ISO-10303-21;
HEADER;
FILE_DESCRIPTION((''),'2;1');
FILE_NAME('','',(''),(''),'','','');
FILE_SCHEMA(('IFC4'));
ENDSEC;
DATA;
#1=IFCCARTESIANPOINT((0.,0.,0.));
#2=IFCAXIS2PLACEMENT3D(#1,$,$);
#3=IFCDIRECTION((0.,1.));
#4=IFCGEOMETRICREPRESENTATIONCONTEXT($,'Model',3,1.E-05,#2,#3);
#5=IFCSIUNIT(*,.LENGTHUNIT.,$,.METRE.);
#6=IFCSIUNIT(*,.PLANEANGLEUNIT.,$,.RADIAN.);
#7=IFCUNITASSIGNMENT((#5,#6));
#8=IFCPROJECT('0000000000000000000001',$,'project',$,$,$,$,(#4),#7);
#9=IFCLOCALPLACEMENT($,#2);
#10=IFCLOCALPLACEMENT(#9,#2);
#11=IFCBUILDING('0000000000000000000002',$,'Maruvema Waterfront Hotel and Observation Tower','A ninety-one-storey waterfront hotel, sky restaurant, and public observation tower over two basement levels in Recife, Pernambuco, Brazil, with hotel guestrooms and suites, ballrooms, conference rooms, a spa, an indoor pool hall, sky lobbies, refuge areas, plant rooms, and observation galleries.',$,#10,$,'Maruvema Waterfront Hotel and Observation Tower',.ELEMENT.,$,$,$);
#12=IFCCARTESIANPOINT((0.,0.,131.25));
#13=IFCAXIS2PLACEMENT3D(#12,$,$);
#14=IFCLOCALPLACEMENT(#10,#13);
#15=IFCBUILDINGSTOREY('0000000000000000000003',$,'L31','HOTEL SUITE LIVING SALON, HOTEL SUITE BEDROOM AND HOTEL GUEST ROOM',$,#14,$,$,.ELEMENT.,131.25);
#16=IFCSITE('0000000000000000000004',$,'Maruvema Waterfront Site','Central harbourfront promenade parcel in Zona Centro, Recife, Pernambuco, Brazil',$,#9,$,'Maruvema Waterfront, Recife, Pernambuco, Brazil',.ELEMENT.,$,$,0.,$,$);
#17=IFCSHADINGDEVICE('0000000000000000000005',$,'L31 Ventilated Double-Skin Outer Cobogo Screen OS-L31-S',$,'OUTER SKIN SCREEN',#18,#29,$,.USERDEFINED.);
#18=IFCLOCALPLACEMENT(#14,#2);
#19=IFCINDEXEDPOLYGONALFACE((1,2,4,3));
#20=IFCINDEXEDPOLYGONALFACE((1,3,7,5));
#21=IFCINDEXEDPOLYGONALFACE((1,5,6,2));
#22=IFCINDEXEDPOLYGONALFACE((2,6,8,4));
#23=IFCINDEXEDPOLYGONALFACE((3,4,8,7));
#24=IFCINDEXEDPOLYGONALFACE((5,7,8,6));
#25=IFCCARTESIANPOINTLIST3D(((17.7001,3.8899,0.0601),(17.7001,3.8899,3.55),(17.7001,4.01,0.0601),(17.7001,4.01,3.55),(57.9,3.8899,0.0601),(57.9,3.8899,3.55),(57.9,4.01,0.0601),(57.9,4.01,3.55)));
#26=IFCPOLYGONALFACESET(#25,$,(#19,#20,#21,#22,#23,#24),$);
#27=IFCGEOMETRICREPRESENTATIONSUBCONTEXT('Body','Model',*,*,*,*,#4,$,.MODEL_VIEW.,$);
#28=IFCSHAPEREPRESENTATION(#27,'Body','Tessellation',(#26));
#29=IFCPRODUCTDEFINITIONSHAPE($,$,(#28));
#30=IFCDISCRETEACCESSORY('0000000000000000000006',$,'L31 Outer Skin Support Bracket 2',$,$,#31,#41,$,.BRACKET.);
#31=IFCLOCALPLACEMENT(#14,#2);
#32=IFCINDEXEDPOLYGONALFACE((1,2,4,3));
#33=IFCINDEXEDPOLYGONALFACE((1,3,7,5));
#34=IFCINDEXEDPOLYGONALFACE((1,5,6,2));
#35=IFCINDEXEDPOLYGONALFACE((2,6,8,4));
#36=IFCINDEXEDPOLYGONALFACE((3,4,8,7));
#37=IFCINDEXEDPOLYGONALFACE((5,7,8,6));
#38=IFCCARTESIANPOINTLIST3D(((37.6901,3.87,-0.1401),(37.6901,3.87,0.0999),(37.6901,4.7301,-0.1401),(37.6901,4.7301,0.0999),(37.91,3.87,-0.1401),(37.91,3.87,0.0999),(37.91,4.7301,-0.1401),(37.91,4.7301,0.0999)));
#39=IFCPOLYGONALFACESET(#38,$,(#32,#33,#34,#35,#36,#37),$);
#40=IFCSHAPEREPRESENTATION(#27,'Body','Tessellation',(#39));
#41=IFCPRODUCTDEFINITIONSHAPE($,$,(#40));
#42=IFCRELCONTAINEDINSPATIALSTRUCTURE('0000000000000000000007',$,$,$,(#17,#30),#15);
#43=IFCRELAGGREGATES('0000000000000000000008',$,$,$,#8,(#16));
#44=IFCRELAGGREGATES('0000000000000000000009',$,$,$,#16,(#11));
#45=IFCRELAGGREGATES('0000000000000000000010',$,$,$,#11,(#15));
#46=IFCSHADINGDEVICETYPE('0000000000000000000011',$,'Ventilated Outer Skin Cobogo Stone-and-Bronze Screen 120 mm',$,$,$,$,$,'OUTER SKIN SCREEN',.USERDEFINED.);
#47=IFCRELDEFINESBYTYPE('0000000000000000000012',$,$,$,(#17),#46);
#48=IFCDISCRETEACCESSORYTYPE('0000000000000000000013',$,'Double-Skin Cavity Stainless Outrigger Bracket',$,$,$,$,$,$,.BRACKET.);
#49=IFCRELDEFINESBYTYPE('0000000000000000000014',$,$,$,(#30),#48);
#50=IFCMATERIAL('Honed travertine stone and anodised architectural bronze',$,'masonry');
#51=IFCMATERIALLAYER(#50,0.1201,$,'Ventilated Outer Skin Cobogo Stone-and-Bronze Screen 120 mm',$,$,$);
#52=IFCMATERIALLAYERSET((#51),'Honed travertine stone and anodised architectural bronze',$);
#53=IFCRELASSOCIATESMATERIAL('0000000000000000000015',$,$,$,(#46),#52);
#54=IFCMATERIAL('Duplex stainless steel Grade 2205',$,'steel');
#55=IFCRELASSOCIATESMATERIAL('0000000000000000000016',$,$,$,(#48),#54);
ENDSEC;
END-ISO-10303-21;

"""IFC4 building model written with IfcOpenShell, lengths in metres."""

from ifc_helpers import new_model, si_unit, direction, frame, origin, origin_2d, place, context, subcontext, project, spatial, rectangle, extrude, material, layer, layer_set, type_object, element, save


model = new_model("IFC4")

# Units and contexts
model_context = context("Model", 3, precision=1e-05, world=origin(), true_north=direction((0.0, 1.0)))
body_context = subcontext(model_context, "Body", "Model", "MODEL_VIEW")
ifc_project = project(units=[si_unit("LENGTHUNIT", "METRE"), si_unit("PLANEANGLEUNIT", "RADIAN")], contexts=[model_context])

# Site, building, storey
site_placement = place(None, origin())
site = spatial("IfcSite", under=ifc_project, at=site_placement, Name="Maruvema Waterfront Site", Description="Central harbourfront promenade parcel in Zona Centro, Recife, Pernambuco, Brazil", LongName="Maruvema Waterfront, Recife, Pernambuco, Brazil", CompositionType="ELEMENT", RefElevation=0.0)
building_placement = place(site_placement, origin())
building = spatial("IfcBuilding", under=site, at=building_placement, Name="Maruvema Waterfront Hotel and Observation Tower", Description="A ninety-one-storey waterfront hotel, sky restaurant, and public observation tower over two basement levels in Recife, Pernambuco, Brazil, with hotel guestrooms and suites, ballrooms, conference rooms, a spa, an indoor pool hall, sky lobbies, refuge areas, plant rooms, and observation galleries.", LongName="Maruvema Waterfront Hotel and Observation Tower", CompositionType="ELEMENT")
storey_placement = place(building_placement, frame((0.0, 0.0, 131.25)))
storey = spatial("IfcBuildingStorey", under=building, at=storey_placement, Name="L31", Description="HOTEL SUITE LIVING SALON, HOTEL SUITE BEDROOM AND HOTEL GUEST ROOM", CompositionType="ELEMENT", Elevation=131.25)

# Shading device
ifc_material_1 = material(Name="Honed travertine stone and anodised architectural bronze", Category="masonry")
ifc_layer_1 = layer(ifc_material_1, 0.1201, Name="Ventilated Outer Skin Cobogo Stone-and-Bronze Screen 120 mm")
ifc_layer_set_1 = layer_set([ifc_layer_1], Name="Honed travertine stone and anodised architectural bronze")
shading_device_type = type_object("IfcShadingDeviceType", Name="Ventilated Outer Skin Cobogo Stone-and-Bronze Screen 120 mm", ElementType="OUTER SKIN SCREEN", PredefinedType="USERDEFINED", material=ifc_layer_set_1)
shading_device_placement = place(storey_placement, frame((37.8, 3.95, 0.0601), z_axis=(0.0, 0.0, 1.0), x_axis=(1.0, 0.0, 0.0)))
element("IfcShadingDevice", 1, at=shading_device_placement, inside=storey, type_object=shading_device_type, Name="L31 Ventilated Double-Skin Outer Cobogo Screen OS-L31-S", ObjectType="OUTER SKIN SCREEN", PredefinedType="USERDEFINED", context=body_context, shape_type="SweptSolid", body=[
    extrude(rectangle(XDim=40.2, YDim=0.1201, at=origin_2d()), origin(), (0.0, 0.0, 1.0), 3.49),
])

# Discrete accessory
ifc_material_2 = material(Name="Duplex stainless steel Grade 2205", Category="steel")
discrete_accessory_type = type_object("IfcDiscreteAccessoryType", Name="Double-Skin Cavity Stainless Outrigger Bracket", PredefinedType="BRACKET", material=ifc_material_2)
discrete_accessory_placement = place(storey_placement, frame((37.8, 4.3, -0.1401), z_axis=(0.0, 0.0, 1.0), x_axis=(1.0, 0.0, 0.0)))
element("IfcDiscreteAccessory", 2, at=discrete_accessory_placement, inside=storey, type_object=discrete_accessory_type, Name="L31 Outer Skin Support Bracket 2", PredefinedType="BRACKET", context=body_context, shape_type="SweptSolid", body=[
    extrude(rectangle(XDim=0.22, YDim=0.8601, at=origin_2d()), origin(), (0.0, 0.0, 1.0), 0.24),
])

save(model, "model.ifc")
